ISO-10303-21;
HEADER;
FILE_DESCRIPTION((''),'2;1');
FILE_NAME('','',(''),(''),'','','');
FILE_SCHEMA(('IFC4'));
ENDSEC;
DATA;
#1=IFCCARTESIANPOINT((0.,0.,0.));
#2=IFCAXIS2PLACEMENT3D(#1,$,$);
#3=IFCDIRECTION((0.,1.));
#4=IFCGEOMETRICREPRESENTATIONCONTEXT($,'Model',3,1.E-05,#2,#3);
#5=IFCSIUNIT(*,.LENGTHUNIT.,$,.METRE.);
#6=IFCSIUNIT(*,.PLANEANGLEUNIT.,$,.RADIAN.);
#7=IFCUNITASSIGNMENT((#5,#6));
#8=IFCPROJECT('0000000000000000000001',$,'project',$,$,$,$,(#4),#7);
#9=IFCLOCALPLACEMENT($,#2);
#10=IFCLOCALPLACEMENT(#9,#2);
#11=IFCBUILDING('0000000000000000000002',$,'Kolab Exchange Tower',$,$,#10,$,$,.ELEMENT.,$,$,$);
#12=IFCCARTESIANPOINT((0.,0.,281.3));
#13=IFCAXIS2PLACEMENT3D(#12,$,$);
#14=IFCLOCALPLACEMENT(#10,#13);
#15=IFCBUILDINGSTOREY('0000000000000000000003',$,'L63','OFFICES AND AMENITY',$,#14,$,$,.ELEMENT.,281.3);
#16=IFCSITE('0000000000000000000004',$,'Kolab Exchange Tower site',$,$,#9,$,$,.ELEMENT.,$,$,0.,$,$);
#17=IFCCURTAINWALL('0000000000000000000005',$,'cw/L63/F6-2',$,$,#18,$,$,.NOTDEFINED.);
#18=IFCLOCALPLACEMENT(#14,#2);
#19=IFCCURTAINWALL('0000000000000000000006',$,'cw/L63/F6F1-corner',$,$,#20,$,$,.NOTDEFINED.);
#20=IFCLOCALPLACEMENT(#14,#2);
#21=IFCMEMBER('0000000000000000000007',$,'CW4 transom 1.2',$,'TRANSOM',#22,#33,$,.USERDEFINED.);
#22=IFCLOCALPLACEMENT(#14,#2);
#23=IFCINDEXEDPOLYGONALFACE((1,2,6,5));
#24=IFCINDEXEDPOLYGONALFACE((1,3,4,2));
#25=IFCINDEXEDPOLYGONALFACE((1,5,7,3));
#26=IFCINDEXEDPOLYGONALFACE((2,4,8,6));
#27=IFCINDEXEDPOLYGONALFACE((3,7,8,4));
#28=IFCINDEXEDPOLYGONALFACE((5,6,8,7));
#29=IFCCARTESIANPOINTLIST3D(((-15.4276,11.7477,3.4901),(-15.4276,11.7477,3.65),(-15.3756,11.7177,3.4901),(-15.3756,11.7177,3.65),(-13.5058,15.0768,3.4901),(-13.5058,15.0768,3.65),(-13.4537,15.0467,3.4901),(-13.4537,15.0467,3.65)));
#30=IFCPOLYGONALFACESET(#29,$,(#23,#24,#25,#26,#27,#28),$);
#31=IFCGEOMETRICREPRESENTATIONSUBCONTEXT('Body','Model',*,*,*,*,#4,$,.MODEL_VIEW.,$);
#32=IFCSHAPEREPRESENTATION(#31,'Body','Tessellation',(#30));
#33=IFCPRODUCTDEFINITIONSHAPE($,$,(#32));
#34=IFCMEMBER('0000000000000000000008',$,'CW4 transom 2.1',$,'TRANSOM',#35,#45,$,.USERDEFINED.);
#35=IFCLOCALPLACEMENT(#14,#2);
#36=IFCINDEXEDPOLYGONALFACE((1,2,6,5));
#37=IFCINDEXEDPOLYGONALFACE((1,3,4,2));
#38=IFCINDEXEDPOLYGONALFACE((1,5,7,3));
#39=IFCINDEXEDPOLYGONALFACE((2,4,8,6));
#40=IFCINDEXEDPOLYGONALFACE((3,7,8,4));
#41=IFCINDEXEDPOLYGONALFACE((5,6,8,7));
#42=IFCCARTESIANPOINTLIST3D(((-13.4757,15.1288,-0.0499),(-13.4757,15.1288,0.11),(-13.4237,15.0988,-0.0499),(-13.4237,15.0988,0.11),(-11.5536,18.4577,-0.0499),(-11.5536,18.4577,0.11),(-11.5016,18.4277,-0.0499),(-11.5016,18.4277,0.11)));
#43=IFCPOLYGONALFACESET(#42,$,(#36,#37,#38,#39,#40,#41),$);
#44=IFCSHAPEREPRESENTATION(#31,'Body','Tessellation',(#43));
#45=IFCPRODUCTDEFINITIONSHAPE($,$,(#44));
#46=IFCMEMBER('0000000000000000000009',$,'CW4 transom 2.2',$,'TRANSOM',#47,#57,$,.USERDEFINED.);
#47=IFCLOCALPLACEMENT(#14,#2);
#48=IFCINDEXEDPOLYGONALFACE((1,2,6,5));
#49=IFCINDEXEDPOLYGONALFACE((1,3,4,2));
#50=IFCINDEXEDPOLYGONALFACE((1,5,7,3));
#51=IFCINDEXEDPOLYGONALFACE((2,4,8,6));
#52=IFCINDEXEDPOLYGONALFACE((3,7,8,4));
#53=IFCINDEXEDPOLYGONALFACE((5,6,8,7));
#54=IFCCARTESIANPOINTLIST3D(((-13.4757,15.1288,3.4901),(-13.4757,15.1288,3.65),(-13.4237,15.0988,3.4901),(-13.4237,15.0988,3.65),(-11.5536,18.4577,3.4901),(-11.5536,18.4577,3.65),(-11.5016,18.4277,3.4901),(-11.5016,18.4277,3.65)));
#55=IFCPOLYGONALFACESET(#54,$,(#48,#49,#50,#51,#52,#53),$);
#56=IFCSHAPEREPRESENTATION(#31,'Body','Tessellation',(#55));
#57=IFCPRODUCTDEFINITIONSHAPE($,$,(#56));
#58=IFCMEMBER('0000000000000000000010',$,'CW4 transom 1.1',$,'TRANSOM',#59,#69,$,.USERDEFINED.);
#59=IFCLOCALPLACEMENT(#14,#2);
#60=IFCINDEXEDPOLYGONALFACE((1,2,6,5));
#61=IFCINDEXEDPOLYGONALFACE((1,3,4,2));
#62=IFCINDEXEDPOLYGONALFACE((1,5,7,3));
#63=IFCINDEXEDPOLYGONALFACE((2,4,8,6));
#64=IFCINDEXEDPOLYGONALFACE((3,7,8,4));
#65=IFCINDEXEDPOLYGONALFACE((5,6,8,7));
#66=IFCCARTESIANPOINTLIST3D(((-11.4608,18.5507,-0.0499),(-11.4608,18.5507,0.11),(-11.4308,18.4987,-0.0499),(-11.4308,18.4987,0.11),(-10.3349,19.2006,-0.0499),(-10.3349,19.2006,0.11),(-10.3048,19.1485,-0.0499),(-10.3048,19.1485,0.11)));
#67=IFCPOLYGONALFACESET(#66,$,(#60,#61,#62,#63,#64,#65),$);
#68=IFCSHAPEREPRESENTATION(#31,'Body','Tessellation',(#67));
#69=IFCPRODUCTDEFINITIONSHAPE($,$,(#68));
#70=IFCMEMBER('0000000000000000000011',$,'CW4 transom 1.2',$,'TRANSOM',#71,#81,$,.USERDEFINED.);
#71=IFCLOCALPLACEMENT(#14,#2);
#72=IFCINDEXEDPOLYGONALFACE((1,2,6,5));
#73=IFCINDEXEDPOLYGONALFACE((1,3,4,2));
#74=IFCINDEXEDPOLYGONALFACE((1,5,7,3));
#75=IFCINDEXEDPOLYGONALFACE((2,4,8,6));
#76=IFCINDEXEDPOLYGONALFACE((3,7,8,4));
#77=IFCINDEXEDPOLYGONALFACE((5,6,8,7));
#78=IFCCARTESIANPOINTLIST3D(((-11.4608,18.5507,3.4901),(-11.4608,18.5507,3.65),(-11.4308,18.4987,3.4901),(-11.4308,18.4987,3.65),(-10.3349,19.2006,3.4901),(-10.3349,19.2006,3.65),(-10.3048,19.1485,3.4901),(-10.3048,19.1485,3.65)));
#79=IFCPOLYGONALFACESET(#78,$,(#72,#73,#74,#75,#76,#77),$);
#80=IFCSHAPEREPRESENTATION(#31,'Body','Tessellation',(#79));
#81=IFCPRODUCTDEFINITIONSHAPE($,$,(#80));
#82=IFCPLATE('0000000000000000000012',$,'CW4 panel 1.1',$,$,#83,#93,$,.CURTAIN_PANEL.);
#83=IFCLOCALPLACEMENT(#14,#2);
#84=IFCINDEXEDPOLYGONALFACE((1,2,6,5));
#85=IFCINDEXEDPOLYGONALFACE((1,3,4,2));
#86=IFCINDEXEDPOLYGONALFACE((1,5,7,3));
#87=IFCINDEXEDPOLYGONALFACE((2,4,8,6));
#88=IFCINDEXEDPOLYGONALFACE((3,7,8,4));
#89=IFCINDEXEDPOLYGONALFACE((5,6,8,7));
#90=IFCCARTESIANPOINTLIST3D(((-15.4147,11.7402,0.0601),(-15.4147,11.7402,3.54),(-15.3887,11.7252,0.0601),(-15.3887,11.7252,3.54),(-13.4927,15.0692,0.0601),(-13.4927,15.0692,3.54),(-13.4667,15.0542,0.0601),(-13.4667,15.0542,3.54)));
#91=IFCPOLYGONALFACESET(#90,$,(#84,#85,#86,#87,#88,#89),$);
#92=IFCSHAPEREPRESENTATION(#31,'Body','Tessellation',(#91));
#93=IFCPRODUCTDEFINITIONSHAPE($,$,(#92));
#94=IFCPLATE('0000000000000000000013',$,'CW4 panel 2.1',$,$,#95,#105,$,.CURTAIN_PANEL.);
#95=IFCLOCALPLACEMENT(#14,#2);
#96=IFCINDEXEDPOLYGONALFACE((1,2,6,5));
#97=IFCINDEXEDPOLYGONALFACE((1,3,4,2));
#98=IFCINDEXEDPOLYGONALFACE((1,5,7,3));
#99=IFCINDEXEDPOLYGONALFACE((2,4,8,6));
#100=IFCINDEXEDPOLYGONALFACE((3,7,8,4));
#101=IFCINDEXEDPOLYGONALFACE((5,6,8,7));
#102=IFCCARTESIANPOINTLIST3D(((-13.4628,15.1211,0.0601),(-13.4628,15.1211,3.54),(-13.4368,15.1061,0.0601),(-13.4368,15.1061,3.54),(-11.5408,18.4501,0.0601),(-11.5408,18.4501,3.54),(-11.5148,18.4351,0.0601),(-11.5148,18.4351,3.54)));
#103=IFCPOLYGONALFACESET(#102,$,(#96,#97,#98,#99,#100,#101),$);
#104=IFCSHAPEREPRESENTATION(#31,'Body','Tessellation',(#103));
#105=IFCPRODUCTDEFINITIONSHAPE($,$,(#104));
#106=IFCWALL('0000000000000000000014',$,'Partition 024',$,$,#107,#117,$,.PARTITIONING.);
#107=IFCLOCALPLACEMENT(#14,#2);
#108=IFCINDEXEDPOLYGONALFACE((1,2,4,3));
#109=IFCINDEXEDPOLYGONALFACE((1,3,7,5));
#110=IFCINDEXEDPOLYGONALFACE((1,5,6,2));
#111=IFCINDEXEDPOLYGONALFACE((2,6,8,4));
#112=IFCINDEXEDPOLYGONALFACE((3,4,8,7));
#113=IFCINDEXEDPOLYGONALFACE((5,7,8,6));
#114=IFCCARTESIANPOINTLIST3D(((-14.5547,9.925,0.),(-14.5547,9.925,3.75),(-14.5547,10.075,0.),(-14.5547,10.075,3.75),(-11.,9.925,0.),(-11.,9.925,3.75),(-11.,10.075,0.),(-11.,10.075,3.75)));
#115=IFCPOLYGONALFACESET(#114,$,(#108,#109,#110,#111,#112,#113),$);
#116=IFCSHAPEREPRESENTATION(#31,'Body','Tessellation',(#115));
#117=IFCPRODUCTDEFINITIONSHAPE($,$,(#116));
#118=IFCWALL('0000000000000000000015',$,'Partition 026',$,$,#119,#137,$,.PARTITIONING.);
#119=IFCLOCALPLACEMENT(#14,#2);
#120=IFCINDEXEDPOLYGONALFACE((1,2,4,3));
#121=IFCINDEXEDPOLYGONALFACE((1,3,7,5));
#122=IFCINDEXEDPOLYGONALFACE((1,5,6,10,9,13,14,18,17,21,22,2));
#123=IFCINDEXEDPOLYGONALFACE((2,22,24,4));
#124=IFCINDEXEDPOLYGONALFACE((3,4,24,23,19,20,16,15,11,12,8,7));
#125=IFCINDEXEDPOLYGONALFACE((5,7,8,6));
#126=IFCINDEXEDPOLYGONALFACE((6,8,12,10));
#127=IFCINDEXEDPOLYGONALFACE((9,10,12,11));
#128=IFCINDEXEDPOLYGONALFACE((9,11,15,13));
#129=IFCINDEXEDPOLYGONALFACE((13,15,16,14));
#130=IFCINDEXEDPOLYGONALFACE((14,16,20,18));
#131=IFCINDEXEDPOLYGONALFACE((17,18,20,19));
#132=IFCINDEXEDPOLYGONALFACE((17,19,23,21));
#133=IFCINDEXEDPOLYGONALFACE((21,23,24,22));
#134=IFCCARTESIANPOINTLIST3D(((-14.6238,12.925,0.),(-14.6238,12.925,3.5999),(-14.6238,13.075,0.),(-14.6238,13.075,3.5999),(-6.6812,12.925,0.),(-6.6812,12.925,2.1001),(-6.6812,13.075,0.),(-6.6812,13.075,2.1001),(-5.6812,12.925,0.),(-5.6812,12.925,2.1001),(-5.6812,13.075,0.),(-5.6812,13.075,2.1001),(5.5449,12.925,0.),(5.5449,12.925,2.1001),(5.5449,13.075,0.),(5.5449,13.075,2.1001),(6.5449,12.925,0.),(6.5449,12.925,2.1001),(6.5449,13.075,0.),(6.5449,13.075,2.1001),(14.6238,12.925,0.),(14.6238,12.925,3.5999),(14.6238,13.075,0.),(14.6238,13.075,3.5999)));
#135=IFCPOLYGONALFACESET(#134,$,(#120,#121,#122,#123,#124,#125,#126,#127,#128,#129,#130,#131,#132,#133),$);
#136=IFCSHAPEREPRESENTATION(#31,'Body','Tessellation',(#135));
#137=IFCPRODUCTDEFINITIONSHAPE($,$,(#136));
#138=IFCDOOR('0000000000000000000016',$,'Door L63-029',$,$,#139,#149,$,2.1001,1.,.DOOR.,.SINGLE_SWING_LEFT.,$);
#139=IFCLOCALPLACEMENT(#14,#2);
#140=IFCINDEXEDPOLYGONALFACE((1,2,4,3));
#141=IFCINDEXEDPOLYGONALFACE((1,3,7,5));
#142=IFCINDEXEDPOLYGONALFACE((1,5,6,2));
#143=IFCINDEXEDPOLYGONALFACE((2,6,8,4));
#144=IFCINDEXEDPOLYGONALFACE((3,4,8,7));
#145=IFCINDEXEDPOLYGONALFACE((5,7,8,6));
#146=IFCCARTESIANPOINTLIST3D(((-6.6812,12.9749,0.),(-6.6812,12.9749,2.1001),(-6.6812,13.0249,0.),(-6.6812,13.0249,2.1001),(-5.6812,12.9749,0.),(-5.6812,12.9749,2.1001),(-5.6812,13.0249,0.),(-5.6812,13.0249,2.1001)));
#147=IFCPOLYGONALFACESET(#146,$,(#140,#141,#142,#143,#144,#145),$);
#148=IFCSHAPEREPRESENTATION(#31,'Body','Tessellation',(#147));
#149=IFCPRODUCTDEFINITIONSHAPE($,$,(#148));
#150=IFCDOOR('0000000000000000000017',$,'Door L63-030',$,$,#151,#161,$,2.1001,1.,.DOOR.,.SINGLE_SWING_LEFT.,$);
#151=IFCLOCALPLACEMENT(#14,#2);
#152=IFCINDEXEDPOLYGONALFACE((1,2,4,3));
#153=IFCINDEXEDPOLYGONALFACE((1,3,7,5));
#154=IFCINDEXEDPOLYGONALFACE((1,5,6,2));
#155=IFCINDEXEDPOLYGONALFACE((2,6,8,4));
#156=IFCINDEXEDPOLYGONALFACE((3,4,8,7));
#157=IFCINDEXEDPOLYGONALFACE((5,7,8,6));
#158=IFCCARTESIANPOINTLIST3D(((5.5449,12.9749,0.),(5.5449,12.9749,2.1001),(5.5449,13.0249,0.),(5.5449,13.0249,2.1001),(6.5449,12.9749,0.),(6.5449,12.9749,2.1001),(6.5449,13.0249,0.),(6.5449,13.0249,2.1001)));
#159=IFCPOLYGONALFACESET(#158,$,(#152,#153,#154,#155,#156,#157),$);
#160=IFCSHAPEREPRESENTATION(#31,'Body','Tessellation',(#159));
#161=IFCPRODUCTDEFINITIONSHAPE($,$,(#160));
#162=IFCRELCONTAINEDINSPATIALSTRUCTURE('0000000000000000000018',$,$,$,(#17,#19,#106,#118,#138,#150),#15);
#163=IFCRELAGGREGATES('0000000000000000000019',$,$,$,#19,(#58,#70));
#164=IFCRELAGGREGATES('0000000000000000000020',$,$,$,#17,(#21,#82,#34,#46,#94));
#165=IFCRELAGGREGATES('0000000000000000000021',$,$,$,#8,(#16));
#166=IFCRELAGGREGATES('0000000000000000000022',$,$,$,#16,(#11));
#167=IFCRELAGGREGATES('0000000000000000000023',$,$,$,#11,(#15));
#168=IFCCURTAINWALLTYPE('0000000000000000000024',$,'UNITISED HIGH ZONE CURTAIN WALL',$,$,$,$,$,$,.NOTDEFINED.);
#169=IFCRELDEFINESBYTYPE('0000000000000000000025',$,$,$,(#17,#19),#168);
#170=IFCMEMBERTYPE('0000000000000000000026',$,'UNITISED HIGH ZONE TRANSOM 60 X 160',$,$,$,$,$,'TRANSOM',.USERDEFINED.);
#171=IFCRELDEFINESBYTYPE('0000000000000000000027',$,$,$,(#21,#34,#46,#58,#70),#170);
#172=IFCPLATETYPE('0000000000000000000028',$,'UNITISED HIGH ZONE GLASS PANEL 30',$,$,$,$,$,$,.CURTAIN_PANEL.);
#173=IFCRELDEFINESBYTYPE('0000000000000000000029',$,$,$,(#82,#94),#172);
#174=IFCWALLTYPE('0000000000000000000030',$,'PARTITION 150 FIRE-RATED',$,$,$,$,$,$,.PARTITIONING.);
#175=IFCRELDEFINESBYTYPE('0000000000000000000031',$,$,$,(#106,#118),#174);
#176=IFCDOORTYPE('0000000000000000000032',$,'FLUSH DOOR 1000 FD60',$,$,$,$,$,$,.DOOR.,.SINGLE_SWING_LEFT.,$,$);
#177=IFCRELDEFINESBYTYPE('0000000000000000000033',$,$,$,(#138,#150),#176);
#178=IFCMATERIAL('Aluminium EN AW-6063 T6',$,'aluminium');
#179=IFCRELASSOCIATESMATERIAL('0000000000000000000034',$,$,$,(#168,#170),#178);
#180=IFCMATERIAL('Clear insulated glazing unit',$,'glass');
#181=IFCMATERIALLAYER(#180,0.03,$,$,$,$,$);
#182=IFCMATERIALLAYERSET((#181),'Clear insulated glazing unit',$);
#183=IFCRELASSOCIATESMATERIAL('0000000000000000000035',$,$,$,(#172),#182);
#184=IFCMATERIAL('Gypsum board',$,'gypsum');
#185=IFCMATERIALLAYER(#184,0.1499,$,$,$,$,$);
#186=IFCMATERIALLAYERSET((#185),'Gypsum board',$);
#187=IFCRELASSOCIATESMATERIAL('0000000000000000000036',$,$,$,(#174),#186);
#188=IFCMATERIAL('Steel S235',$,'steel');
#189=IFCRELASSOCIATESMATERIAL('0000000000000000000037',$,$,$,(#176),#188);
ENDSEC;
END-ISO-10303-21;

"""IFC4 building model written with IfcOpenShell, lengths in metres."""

from ifc_helpers import new_model, si_unit, direction, frame, frame_2d, origin, origin_2d, place, context, subcontext, project, spatial, rectangle, extrude, material, layer, layer_set, material_profile, profile_set, type_object, element, fill, aggregate, save


model = new_model("IFC4")

# Units and contexts
model_context = context("Model", 3, precision=1e-05, world=origin(), true_north=direction((0.0, 1.0)))
body_context = subcontext(model_context, "Body", "Model", "MODEL_VIEW")
ifc_project = project(units=[si_unit("LENGTHUNIT", "METRE"), si_unit("PLANEANGLEUNIT", "RADIAN")], contexts=[model_context])

# Site, building, storey
site_placement = place(None, origin())
site = spatial("IfcSite", under=ifc_project, at=site_placement, Name="Kolab Exchange Tower site", CompositionType="ELEMENT", RefElevation=0.0)
building_placement = place(site_placement, origin())
building = spatial("IfcBuilding", under=site, at=building_placement, Name="Kolab Exchange Tower", CompositionType="ELEMENT")
storey_placement = place(building_placement, frame((0.0, 0.0, 281.3)))
storey = spatial("IfcBuildingStorey", under=building, at=storey_placement, Name="L63", Description="OFFICES AND AMENITY", CompositionType="ELEMENT", Elevation=281.3)

# Curtain wall
ifc_material_1 = material(Name="Aluminium EN AW-6063 T6", Category="aluminium")
curtain_wall_type = type_object("IfcCurtainWallType", Name="UNITISED HIGH ZONE CURTAIN WALL", PredefinedType="NOTDEFINED", material=ifc_material_1)
curtain_wall_1_placement = place(storey_placement, origin())
curtain_wall_1 = element("IfcCurtainWall", 1, at=curtain_wall_1_placement, inside=storey, type_object=curtain_wall_type, Name="cw/L63/F6-2", PredefinedType="NOTDEFINED")

# Curtain wall
curtain_wall_2_placement = place(storey_placement, origin())
curtain_wall_2 = element("IfcCurtainWall", 2, at=curtain_wall_2_placement, inside=storey, type_object=curtain_wall_type, Name="cw/L63/F6F1-corner", PredefinedType="NOTDEFINED")

# Members
ifc_material_profile_1 = material_profile(ifc_material_1, rectangle(XDim=0.0601, YDim=0.1599, at=origin_2d()), Name="RECT 60X160")
ifc_profile_set_1 = profile_set([ifc_material_profile_1], Name="Aluminium EN AW-6063 T6")
member_type_1 = type_object("IfcMemberType", Name="UNITISED HIGH ZONE TRANSOM 60 X 160", ElementType="TRANSOM", PredefinedType="USERDEFINED", material=ifc_profile_set_1)
member_1_placement = place(storey_placement, frame((-15.4016, 11.7327, 3.5701), z_axis=(0.499964, 0.866046, 0.0), x_axis=(-0.866046, 0.499964, 0.0)))
member_1 = element("IfcMember", 3, at=member_1_placement, type_object=member_type_1, Name="CW4 transom 1.2", ObjectType="TRANSOM", PredefinedType="USERDEFINED", context=body_context, shape_type="SweptSolid", body=[
    extrude(rectangle(XDim=0.0601, YDim=0.1599, at=origin_2d()), origin(), (0.0, 0.0, 1.0), 3.844),
])
member_2_placement = place(storey_placement, frame((-13.4497, 15.1138, 0.03), z_axis=(0.500039, 0.866003, 0.0), x_axis=(-0.866003, 0.500039, 0.0)))
member_2 = element("IfcMember", 4, at=member_2_placement, type_object=member_type_1, Name="CW4 transom 2.1", ObjectType="TRANSOM", PredefinedType="USERDEFINED", context=body_context, shape_type="SweptSolid", body=[
    extrude(rectangle(XDim=0.0601, YDim=0.1599, at=origin_2d()), origin(), (0.0, 0.0, 1.0), 3.844),
])
member_3_placement = place(storey_placement, frame((-13.4497, 15.1138, 3.5701), z_axis=(0.500039, 0.866003, 0.0), x_axis=(-0.866003, 0.500039, 0.0)))
member_3 = element("IfcMember", 5, at=member_3_placement, type_object=member_type_1, Name="CW4 transom 2.2", ObjectType="TRANSOM", PredefinedType="USERDEFINED", context=body_context, shape_type="SweptSolid", body=[
    extrude(rectangle(XDim=0.0601, YDim=0.1599, at=origin_2d()), origin(), (0.0, 0.0, 1.0), 3.844),
])
member_4_placement = place(storey_placement, frame((-11.4458, 18.5247, 0.03), z_axis=(0.866086, 0.499896, 0.0), x_axis=(-0.499896, 0.866086, 0.0)))
member_4 = element("IfcMember", 6, at=member_4_placement, type_object=member_type_1, Name="CW4 transom 1.1", ObjectType="TRANSOM", PredefinedType="USERDEFINED", context=body_context, shape_type="SweptSolid", body=[
    extrude(rectangle(XDim=0.0601, YDim=0.1599, at=origin_2d()), origin(), (0.0, 0.0, 1.0), 1.3),
])
member_5_placement = place(storey_placement, frame((-11.4458, 18.5247, 3.5701), z_axis=(0.866086, 0.499896, 0.0), x_axis=(-0.499896, 0.866086, 0.0)))
member_5 = element("IfcMember", 7, at=member_5_placement, type_object=member_type_1, Name="CW4 transom 1.2", ObjectType="TRANSOM", PredefinedType="USERDEFINED", context=body_context, shape_type="SweptSolid", body=[
    extrude(rectangle(XDim=0.0601, YDim=0.1599, at=origin_2d()), origin(), (0.0, 0.0, 1.0), 1.3),
])
aggregate(curtain_wall_2, [member_4, member_5])

# Plates
ifc_material_2 = material(Name="Clear insulated glazing unit", Category="glass")
ifc_layer_1 = layer(ifc_material_2, 0.03)
ifc_layer_set_1 = layer_set([ifc_layer_1], Name="Clear insulated glazing unit")
plate_type = type_object("IfcPlateType", Name="UNITISED HIGH ZONE GLASS PANEL 30", PredefinedType="CURTAIN_PANEL", material=ifc_layer_set_1)
plate_1_placement = place(storey_placement, frame((-14.4407, 13.3972, 0.0601), z_axis=(0.0, 0.0, 1.0), x_axis=(0.5, 0.866025, 0.0)))
plate_1 = element("IfcPlate", 8, at=plate_1_placement, type_object=plate_type, Name="CW4 panel 1.1", PredefinedType="CURTAIN_PANEL", context=body_context, shape_type="SweptSolid", body=[
    extrude(rectangle(XDim=3.844, YDim=0.03, at=origin_2d()), origin(), (0.0, 0.0, 1.0), 3.48),
])
plate_2_placement = place(storey_placement, frame((-12.4888, 16.7781, 0.0601), z_axis=(0.0, 0.0, 1.0), x_axis=(0.5, 0.866025, 0.0)))
plate_2 = element("IfcPlate", 9, at=plate_2_placement, type_object=plate_type, Name="CW4 panel 2.1", PredefinedType="CURTAIN_PANEL", context=body_context, shape_type="SweptSolid", body=[
    extrude(rectangle(XDim=3.844, YDim=0.03, at=origin_2d()), origin(), (0.0, 0.0, 1.0), 3.48),
])
aggregate(curtain_wall_1, [member_1, plate_1, member_2, member_3, plate_2])

# Wall
ifc_material_3 = material(Name="Gypsum board", Category="gypsum")
ifc_layer_2 = layer(ifc_material_3, 0.1499)
ifc_layer_set_2 = layer_set([ifc_layer_2], Name="Gypsum board")
wall_type = type_object("IfcWallType", Name="PARTITION 150 FIRE-RATED", PredefinedType="PARTITIONING", material=ifc_layer_set_2)
wall_1_placement = place(storey_placement, frame((-14.5547, 10.0, 0.0), z_axis=(0.0, 0.0, 1.0), x_axis=(1.0, 0.0, 0.0)))
element("IfcWall", 10, at=wall_1_placement, inside=storey, type_object=wall_type, Name="Partition 024", PredefinedType="PARTITIONING", context=body_context, shape_type="SweptSolid", body=[
    extrude(rectangle(XDim=3.5547, YDim=0.1499, at=frame_2d((1.7773, 0.0))), origin(), (0.0, 0.0, 1.0), 3.75),
])

# Wall, openings, doors
wall_2_placement = place(storey_placement, frame((-14.6238, 13.0, 0.0), z_axis=(0.0, 0.0, 1.0), x_axis=(1.0, 0.0, 0.0)))
wall_2 = element("IfcWall", 11, at=wall_2_placement, inside=storey, type_object=wall_type, Name="Partition 026", PredefinedType="PARTITIONING", context=body_context, shape_type="SweptSolid", body=[
    extrude(rectangle(XDim=29.2476, YDim=0.1499, at=frame_2d((14.6238, 0.0))), origin(), (0.0, 0.0, 1.0), 3.5999),
])
opening_1_placement = place(wall_2_placement, frame((7.9426, 0.0, 0.0)))
opening_1 = element("IfcOpeningElement", 12, at=opening_1_placement, cuts=wall_2, PredefinedType="OPENING", context=body_context, shape_type="SweptSolid", body=[
    extrude(rectangle(XDim=1.0, YDim=2.1001, at=frame_2d((0.5, 1.05))), frame((0.0, 0.085, 0.0), z_axis=(0.0, -1.0, 0.0), x_axis=(1.0, 0.0, 0.0)), (0.0, 0.0, 1.0), 0.1699),
])
opening_2_placement = place(wall_2_placement, frame((20.1687, 0.0, 0.0)))
opening_2 = element("IfcOpeningElement", 13, at=opening_2_placement, cuts=wall_2, PredefinedType="OPENING", context=body_context, shape_type="SweptSolid", body=[
    extrude(rectangle(XDim=1.0, YDim=2.1001, at=frame_2d((0.5, 1.05))), frame((0.0, 0.085, 0.0), z_axis=(0.0, -1.0, 0.0), x_axis=(1.0, 0.0, 0.0)), (0.0, 0.0, 1.0), 0.1699),
])
ifc_material_4 = material(Name="Steel S235", Category="steel")
door_type = type_object("IfcDoorType", Name="FLUSH DOOR 1000 FD60", OperationType="SINGLE_SWING_LEFT", PredefinedType="DOOR", material=ifc_material_4)
door_1_placement = place(opening_1_placement, origin())
door_1 = element("IfcDoor", 14, at=door_1_placement, inside=storey, type_object=door_type, Name="Door L63-029", OperationType="SINGLE_SWING_LEFT", OverallHeight=2.1001, OverallWidth=1.0, PredefinedType="DOOR", context=body_context, shape_type="SweptSolid", body=[
    extrude(rectangle(XDim=1.0, YDim=2.1001, at=frame_2d((0.5, 1.05))), frame((0.0, 0.0249, 0.0), z_axis=(0.0, -1.0, 0.0), x_axis=(1.0, 0.0, 0.0)), (0.0, 0.0, 1.0), 0.05),
])
fill(opening_1, door_1)
door_2_placement = place(opening_2_placement, origin())
door_2 = element("IfcDoor", 15, at=door_2_placement, inside=storey, type_object=door_type, Name="Door L63-030", OperationType="SINGLE_SWING_LEFT", OverallHeight=2.1001, OverallWidth=1.0, PredefinedType="DOOR", context=body_context, shape_type="SweptSolid", body=[
    extrude(rectangle(XDim=1.0, YDim=2.1001, at=frame_2d((0.5, 1.05))), frame((0.0, 0.0249, 0.0), z_axis=(0.0, -1.0, 0.0), x_axis=(1.0, 0.0, 0.0)), (0.0, 0.0, 1.0), 0.05),
])
fill(opening_2, door_2)

save(model, "model.ifc")
